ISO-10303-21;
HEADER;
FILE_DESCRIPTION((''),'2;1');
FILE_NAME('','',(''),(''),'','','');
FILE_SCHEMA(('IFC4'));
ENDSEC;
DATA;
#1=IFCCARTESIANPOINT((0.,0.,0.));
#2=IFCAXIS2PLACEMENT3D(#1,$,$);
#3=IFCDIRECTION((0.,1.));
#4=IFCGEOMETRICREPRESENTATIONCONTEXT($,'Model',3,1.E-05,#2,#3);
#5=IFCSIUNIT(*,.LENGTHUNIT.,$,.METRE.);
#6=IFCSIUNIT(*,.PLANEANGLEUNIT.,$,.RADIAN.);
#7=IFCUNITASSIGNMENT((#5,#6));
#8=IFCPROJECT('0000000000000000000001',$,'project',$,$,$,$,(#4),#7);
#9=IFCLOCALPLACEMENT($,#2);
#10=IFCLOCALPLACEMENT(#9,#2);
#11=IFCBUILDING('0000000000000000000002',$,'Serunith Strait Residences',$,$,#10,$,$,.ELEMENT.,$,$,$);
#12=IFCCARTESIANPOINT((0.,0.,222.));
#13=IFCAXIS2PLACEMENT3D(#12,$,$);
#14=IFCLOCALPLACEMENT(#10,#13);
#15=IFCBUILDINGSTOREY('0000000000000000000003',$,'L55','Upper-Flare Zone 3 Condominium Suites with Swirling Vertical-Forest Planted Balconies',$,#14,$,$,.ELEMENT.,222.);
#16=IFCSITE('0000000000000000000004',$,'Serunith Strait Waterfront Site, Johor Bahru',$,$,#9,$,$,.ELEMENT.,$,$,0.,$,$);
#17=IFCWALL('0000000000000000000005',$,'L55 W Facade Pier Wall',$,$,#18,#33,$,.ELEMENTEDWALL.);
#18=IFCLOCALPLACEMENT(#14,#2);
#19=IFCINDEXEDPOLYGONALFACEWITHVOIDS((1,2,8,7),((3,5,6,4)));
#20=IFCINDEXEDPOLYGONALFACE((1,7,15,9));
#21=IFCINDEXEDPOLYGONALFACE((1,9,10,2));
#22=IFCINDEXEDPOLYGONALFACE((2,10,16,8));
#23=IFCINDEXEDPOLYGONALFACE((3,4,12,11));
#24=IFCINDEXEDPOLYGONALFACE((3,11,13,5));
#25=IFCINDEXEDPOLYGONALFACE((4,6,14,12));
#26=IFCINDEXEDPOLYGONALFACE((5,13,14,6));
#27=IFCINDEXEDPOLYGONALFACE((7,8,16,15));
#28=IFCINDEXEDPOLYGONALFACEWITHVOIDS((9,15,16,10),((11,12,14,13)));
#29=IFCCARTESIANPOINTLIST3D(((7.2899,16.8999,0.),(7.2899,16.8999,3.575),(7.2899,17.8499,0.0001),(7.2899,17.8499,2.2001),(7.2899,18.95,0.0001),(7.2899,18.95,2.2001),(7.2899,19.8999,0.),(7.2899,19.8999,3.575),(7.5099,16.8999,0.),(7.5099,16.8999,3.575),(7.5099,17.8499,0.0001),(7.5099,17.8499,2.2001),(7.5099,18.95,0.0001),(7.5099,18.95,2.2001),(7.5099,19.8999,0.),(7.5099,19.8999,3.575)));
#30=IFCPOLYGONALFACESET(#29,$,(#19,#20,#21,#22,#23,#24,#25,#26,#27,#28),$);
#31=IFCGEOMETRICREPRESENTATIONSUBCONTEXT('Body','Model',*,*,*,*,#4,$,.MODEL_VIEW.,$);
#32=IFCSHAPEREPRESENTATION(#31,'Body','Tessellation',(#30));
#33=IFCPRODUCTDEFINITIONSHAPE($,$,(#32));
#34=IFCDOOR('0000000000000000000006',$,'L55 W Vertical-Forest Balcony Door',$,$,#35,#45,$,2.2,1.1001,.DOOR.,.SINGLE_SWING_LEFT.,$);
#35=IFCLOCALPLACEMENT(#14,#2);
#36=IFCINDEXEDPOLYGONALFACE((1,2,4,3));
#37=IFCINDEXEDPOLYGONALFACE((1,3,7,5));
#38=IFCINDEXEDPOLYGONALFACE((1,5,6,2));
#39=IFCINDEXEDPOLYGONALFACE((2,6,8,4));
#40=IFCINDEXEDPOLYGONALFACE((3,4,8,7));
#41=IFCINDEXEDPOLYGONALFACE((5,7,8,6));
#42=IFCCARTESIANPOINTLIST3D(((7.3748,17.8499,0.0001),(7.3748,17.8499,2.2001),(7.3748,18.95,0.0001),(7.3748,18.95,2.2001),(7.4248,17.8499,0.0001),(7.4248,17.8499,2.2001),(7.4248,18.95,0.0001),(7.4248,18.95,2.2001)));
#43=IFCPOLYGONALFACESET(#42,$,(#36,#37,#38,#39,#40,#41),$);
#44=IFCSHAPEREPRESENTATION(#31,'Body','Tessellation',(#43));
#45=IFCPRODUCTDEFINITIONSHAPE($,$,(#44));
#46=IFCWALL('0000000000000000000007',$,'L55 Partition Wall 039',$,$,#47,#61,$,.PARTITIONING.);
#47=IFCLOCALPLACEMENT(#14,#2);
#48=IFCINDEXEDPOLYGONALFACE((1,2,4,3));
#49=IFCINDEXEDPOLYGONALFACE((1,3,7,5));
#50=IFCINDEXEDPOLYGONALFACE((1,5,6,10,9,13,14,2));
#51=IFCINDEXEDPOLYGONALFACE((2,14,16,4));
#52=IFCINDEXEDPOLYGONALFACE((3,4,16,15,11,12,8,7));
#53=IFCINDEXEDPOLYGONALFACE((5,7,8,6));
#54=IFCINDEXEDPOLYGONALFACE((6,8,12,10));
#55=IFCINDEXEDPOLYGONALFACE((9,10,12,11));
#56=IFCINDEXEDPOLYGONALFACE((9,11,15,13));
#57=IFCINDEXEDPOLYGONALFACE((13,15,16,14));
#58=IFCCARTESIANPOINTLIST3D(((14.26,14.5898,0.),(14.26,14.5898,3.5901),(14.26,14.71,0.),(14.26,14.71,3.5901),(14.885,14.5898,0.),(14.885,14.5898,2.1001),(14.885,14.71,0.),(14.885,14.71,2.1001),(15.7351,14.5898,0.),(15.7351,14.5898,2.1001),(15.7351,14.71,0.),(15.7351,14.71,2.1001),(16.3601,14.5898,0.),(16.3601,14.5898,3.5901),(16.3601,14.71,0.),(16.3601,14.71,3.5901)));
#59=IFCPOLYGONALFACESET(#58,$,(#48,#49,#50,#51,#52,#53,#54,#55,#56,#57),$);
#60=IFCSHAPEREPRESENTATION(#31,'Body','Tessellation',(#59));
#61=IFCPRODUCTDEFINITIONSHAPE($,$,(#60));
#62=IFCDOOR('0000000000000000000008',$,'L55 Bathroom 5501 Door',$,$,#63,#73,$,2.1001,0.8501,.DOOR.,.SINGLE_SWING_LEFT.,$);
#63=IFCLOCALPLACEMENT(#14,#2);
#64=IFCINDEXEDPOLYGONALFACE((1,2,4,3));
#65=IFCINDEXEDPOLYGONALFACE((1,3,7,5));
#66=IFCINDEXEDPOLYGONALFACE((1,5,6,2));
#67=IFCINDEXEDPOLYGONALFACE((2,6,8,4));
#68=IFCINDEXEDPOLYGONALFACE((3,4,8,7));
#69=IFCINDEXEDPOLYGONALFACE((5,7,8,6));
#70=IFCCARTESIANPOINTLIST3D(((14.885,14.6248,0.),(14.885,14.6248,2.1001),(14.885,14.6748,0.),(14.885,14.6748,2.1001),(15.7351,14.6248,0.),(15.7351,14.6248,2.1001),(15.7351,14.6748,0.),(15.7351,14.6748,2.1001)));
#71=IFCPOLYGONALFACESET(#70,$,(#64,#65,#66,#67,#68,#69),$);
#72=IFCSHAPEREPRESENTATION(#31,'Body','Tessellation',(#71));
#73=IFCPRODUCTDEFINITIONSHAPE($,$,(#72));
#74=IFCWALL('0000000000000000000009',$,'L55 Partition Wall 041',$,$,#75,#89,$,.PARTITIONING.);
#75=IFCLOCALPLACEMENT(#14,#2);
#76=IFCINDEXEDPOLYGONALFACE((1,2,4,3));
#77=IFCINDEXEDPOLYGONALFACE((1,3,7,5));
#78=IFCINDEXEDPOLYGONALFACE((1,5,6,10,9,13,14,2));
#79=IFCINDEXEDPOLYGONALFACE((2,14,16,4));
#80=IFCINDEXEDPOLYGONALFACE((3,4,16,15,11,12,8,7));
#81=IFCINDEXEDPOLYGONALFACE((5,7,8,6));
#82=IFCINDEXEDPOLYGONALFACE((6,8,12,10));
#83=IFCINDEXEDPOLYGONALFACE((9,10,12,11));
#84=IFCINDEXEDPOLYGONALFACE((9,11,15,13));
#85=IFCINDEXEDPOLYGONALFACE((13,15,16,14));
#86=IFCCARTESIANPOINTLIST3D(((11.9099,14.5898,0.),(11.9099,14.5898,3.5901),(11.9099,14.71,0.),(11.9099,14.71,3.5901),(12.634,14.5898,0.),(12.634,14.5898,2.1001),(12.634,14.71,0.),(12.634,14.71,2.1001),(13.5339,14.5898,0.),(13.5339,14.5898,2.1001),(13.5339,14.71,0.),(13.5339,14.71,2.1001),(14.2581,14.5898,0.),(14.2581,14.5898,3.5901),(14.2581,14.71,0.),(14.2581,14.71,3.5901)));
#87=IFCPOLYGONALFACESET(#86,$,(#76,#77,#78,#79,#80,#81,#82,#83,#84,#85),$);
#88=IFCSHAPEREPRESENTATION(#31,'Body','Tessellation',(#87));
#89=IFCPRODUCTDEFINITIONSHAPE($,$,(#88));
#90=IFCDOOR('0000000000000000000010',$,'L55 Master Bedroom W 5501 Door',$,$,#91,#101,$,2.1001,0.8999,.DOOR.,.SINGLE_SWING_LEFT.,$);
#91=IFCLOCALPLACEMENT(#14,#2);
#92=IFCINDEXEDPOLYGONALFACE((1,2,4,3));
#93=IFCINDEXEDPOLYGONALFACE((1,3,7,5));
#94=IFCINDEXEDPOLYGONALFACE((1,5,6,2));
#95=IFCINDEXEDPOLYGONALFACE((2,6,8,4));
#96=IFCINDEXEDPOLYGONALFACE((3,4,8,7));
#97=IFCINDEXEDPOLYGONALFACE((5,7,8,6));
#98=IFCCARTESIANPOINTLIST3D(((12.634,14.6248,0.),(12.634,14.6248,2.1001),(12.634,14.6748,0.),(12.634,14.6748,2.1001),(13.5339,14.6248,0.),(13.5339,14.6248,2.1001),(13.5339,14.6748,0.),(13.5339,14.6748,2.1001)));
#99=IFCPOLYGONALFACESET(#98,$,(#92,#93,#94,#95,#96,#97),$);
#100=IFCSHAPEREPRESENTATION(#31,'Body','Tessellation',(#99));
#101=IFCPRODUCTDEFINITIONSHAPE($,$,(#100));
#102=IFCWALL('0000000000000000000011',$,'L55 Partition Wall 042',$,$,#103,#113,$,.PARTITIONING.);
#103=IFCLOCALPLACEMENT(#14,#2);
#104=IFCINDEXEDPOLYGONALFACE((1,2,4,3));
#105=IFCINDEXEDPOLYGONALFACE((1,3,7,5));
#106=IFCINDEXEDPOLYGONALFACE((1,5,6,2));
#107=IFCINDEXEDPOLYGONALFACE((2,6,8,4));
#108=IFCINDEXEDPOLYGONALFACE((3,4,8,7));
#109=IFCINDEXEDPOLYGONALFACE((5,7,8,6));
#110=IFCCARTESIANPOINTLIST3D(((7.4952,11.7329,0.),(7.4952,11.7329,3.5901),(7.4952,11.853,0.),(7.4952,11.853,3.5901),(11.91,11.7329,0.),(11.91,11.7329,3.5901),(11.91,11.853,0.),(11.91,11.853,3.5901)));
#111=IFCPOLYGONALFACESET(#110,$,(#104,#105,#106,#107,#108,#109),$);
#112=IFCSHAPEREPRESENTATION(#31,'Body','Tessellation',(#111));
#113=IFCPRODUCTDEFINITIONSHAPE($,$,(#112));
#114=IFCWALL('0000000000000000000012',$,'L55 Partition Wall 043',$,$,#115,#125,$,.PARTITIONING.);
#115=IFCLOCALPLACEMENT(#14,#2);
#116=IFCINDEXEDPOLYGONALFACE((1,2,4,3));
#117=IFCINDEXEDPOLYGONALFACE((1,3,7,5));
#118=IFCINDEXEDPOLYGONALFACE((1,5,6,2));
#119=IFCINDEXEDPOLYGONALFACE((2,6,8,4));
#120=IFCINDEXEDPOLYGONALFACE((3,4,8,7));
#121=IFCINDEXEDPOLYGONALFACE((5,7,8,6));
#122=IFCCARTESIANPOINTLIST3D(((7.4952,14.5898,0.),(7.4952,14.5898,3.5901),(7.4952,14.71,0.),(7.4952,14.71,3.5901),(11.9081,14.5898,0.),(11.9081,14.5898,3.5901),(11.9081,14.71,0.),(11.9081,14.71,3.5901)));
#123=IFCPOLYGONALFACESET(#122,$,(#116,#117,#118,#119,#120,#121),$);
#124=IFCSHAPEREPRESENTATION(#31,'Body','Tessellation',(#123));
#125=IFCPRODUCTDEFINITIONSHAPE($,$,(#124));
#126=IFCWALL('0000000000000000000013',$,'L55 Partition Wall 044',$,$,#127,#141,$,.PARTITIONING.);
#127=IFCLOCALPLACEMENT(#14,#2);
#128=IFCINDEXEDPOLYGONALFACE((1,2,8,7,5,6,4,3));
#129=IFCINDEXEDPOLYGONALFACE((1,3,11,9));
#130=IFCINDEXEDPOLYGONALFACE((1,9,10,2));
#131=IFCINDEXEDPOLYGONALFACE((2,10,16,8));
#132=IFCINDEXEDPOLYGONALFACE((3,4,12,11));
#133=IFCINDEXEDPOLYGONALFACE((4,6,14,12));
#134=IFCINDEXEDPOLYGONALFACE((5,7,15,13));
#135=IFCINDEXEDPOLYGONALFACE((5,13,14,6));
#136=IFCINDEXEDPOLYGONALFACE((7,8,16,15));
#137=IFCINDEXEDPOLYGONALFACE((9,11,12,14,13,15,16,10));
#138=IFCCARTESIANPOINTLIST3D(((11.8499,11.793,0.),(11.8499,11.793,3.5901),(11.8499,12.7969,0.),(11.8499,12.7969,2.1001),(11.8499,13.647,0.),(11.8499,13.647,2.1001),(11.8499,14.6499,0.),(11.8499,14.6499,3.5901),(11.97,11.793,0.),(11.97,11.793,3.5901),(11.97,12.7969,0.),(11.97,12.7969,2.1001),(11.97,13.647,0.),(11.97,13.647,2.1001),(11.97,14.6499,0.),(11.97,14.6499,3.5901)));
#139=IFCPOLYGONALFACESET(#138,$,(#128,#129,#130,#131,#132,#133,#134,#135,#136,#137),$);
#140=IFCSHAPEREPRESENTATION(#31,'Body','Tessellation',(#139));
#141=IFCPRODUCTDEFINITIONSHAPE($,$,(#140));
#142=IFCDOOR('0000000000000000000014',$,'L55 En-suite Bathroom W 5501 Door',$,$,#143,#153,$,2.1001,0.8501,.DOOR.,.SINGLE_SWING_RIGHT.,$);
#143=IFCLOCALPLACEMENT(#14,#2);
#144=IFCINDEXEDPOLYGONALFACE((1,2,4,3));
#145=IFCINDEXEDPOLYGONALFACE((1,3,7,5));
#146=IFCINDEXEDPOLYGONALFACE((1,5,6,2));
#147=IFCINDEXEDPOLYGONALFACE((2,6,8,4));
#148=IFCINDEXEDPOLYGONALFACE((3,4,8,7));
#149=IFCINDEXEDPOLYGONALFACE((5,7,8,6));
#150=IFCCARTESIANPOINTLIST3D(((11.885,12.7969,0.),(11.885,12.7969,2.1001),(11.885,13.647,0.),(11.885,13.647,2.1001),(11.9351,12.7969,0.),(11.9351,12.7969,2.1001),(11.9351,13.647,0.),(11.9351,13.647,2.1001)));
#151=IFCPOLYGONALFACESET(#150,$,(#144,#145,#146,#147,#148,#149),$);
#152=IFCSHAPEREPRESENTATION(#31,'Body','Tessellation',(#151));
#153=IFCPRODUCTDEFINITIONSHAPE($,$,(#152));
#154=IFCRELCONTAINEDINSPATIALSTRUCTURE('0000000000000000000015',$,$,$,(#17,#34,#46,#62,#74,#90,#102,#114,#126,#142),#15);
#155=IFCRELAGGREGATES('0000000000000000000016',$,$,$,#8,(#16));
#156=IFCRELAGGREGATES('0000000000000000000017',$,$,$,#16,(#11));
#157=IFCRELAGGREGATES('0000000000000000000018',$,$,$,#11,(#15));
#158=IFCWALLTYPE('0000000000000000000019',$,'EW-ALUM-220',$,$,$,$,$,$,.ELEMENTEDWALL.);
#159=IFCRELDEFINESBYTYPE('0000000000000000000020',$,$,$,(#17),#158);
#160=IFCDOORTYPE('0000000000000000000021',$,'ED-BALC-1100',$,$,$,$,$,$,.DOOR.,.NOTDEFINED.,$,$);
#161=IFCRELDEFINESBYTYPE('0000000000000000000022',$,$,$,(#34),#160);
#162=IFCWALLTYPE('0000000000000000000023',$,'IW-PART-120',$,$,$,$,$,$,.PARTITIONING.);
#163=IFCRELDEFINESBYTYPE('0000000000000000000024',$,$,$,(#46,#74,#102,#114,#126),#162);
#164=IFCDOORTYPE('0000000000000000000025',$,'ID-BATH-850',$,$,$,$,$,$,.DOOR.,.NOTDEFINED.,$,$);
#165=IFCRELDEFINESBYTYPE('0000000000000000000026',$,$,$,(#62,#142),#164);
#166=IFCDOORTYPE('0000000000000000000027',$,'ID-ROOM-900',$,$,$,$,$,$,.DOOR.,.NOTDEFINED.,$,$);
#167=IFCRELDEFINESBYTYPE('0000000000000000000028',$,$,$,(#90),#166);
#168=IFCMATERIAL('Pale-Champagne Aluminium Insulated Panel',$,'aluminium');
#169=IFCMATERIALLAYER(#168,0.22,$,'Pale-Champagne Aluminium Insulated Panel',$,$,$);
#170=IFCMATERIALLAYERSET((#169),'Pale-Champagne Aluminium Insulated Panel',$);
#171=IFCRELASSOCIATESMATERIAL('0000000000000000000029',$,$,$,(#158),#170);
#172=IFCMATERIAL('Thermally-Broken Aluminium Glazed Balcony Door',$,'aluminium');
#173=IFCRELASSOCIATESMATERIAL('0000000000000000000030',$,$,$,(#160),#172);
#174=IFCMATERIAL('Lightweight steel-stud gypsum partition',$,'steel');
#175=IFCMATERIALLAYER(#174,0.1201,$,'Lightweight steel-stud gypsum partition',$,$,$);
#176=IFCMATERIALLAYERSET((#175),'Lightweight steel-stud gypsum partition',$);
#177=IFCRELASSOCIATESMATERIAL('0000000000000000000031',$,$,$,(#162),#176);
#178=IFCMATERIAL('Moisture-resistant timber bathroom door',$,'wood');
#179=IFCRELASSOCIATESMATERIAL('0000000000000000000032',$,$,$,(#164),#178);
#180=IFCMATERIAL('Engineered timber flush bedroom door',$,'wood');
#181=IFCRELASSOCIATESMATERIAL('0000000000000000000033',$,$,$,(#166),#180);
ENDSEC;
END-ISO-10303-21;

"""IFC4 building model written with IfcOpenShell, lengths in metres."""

from ifc_helpers import new_model, si_unit, direction, frame, frame_2d, origin, place, context, subcontext, project, spatial, rectangle, extrude, source, transform, mapped, material, layer, layer_set, type_object, element, fill, save


model = new_model("IFC4")

# Units and contexts
model_context = context("Model", 3, precision=1e-05, world=origin(), true_north=direction((0.0, 1.0)))
body_context = subcontext(model_context, "Body", "Model", "MODEL_VIEW")
ifc_project = project(units=[si_unit("LENGTHUNIT", "METRE"), si_unit("PLANEANGLEUNIT", "RADIAN")], contexts=[model_context])

# Site, building, storey
site_placement = place(None, origin())
site = spatial("IfcSite", under=ifc_project, at=site_placement, Name="Serunith Strait Waterfront Site, Johor Bahru", CompositionType="ELEMENT", RefElevation=0.0)
building_placement = place(site_placement, origin())
building = spatial("IfcBuilding", under=site, at=building_placement, Name="Serunith Strait Residences", CompositionType="ELEMENT")
storey_placement = place(building_placement, frame((0.0, 0.0, 222.0)))
storey = spatial("IfcBuildingStorey", under=building, at=storey_placement, Name="L55", Description="Upper-Flare Zone 3 Condominium Suites with Swirling Vertical-Forest Planted Balconies", CompositionType="ELEMENT", Elevation=222.0)

# Walls, openings, doors
ifc_material_1 = material(Name="Pale-Champagne Aluminium Insulated Panel", Category="aluminium")
ifc_layer_1 = layer(ifc_material_1, 0.22, Name="Pale-Champagne Aluminium Insulated Panel")
ifc_layer_set_1 = layer_set([ifc_layer_1], Name="Pale-Champagne Aluminium Insulated Panel")
wall_type_1 = type_object("IfcWallType", Name="EW-ALUM-220", PredefinedType="ELEMENTEDWALL", material=ifc_layer_set_1)
wall_1_placement = place(storey_placement, frame((7.3999, 19.8999, 0.0), z_axis=(0.0, 0.0, 1.0), x_axis=(0.0, -1.0, 0.0)))
wall_1 = element("IfcWall", 1, at=wall_1_placement, inside=storey, type_object=wall_type_1, Name="L55 W Facade Pier Wall", PredefinedType="ELEMENTEDWALL", context=body_context, shape_type="SweptSolid", body=[
    extrude(rectangle(XDim=3.0, YDim=0.22, at=frame_2d((1.5, 0.0))), origin(), (0.0, 0.0, 1.0), 3.575),
])
opening_1_placement = place(wall_1_placement, frame((0.95, 0.0, 0.0)))
opening_1 = element("IfcOpeningElement", 2, at=opening_1_placement, cuts=wall_1, PredefinedType="OPENING", context=body_context, shape_type="SweptSolid", body=[
    extrude(rectangle(XDim=1.1001, YDim=2.2, at=frame_2d((0.55, 1.1001))), frame((0.0, 0.1201, 0.0), z_axis=(0.0, -1.0, 0.0), x_axis=(1.0, 0.0, 0.0)), (0.0, 0.0, 1.0), 0.24),
])
ifc_material_2 = material(Name="Thermally-Broken Aluminium Glazed Balcony Door", Category="aluminium")
door_type_1 = type_object("IfcDoorType", Name="ED-BALC-1100", OperationType="NOTDEFINED", PredefinedType="DOOR", material=ifc_material_2)
shared_shape_1 = source(origin(), body_context, "Body", "SweptSolid", [
    extrude(rectangle(XDim=1.1001, YDim=2.2, at=frame_2d((0.55, 1.1001))), frame((0.0, 0.0249, 0.0), z_axis=(0.0, -1.0, 0.0), x_axis=(1.0, 0.0, 0.0)), (0.0, 0.0, 1.0), 0.05),
])
door_1_placement = place(opening_1_placement, origin())
door_1 = element("IfcDoor", 3, at=door_1_placement, inside=storey, type_object=door_type_1, Name="L55 W Vertical-Forest Balcony Door", OperationType="SINGLE_SWING_LEFT", OverallHeight=2.2, OverallWidth=1.1001, PredefinedType="DOOR", context=body_context, shape_type="MappedRepresentation", body=[
    mapped(shared_shape_1, transform((0.0, 0.0, 0.0), scale=1.0)),
])
fill(opening_1, door_1)
ifc_material_3 = material(Name="Lightweight steel-stud gypsum partition", Category="steel")
ifc_layer_2 = layer(ifc_material_3, 0.1201, Name="Lightweight steel-stud gypsum partition")
ifc_layer_set_2 = layer_set([ifc_layer_2], Name="Lightweight steel-stud gypsum partition")
wall_type_2 = type_object("IfcWallType", Name="IW-PART-120", PredefinedType="PARTITIONING", material=ifc_layer_set_2)
wall_2_placement = place(storey_placement, frame((14.26, 14.6499, 0.0), z_axis=(0.0, 0.0, 1.0), x_axis=(1.0, 0.0, 0.0)))
wall_2 = element("IfcWall", 4, at=wall_2_placement, inside=storey, type_object=wall_type_2, Name="L55 Partition Wall 039", PredefinedType="PARTITIONING", context=body_context, shape_type="SweptSolid", body=[
    extrude(rectangle(XDim=2.1001, YDim=0.1201, at=frame_2d((1.05, 0.0))), origin(), (0.0, 0.0, 1.0), 3.5901),
])
opening_2_placement = place(wall_2_placement, frame((0.625, 0.0, 0.0)))
opening_2 = element("IfcOpeningElement", 5, at=opening_2_placement, cuts=wall_2, PredefinedType="OPENING", context=body_context, shape_type="SweptSolid", body=[
    extrude(rectangle(XDim=0.8501, YDim=2.1001, at=frame_2d((0.425, 1.05))), frame((0.0, 0.0701, 0.0), z_axis=(0.0, -1.0, 0.0), x_axis=(1.0, 0.0, 0.0)), (0.0, 0.0, 1.0), 0.1401),
])
ifc_material_4 = material(Name="Moisture-resistant timber bathroom door", Category="wood")
door_type_2 = type_object("IfcDoorType", Name="ID-BATH-850", OperationType="NOTDEFINED", PredefinedType="DOOR", material=ifc_material_4)
shared_shape_2 = source(origin(), body_context, "Body", "SweptSolid", [
    extrude(rectangle(XDim=0.8501, YDim=2.1001, at=frame_2d((0.425, 1.05))), frame((0.0, 0.0249, 0.0), z_axis=(0.0, -1.0, 0.0), x_axis=(1.0, 0.0, 0.0)), (0.0, 0.0, 1.0), 0.05),
])
door_2_placement = place(opening_2_placement, origin())
door_2 = element("IfcDoor", 6, at=door_2_placement, inside=storey, type_object=door_type_2, Name="L55 Bathroom 5501 Door", OperationType="SINGLE_SWING_LEFT", OverallHeight=2.1001, OverallWidth=0.8501, PredefinedType="DOOR", context=body_context, shape_type="MappedRepresentation", body=[
    mapped(shared_shape_2, transform((0.0, 0.0, 0.0), scale=1.0)),
])
fill(opening_2, door_2)
wall_3_placement = place(storey_placement, frame((11.9099, 14.6499, 0.0), z_axis=(0.0, 0.0, 1.0), x_axis=(1.0, 0.0, 0.0)))
wall_3 = element("IfcWall", 7, at=wall_3_placement, inside=storey, type_object=wall_type_2, Name="L55 Partition Wall 041", PredefinedType="PARTITIONING", context=body_context, shape_type="SweptSolid", body=[
    extrude(rectangle(XDim=2.3481, YDim=0.1201, at=frame_2d((1.1741, 0.0))), origin(), (0.0, 0.0, 1.0), 3.5901),
])
opening_3_placement = place(wall_3_placement, frame((0.7241, 0.0, 0.0)))
opening_3 = element("IfcOpeningElement", 8, at=opening_3_placement, cuts=wall_3, PredefinedType="OPENING", context=body_context, shape_type="SweptSolid", body=[
    extrude(rectangle(XDim=0.8999, YDim=2.1001, at=frame_2d((0.45, 1.05))), frame((0.0, 0.0701, 0.0), z_axis=(0.0, -1.0, 0.0), x_axis=(1.0, 0.0, 0.0)), (0.0, 0.0, 1.0), 0.1401),
])
ifc_material_5 = material(Name="Engineered timber flush bedroom door", Category="wood")
door_type_3 = type_object("IfcDoorType", Name="ID-ROOM-900", OperationType="NOTDEFINED", PredefinedType="DOOR", material=ifc_material_5)
shared_shape_3 = source(origin(), body_context, "Body", "SweptSolid", [
    extrude(rectangle(XDim=0.8999, YDim=2.1001, at=frame_2d((0.45, 1.05))), frame((0.0, 0.0249, 0.0), z_axis=(0.0, -1.0, 0.0), x_axis=(1.0, 0.0, 0.0)), (0.0, 0.0, 1.0), 0.05),
])
door_3_placement = place(opening_3_placement, origin())
door_3 = element("IfcDoor", 9, at=door_3_placement, inside=storey, type_object=door_type_3, Name="L55 Master Bedroom W 5501 Door", OperationType="SINGLE_SWING_LEFT", OverallHeight=2.1001, OverallWidth=0.8999, PredefinedType="DOOR", context=body_context, shape_type="MappedRepresentation", body=[
    mapped(shared_shape_3, transform((0.0, 0.0, 0.0), scale=1.0)),
])
fill(opening_3, door_3)

# Walls
wall_4_placement = place(storey_placement, frame((7.4951, 11.793, 0.0), z_axis=(0.0, 0.0, 1.0), x_axis=(1.0, 0.0, 0.0)))
element("IfcWall", 10, at=wall_4_placement, inside=storey, type_object=wall_type_2, Name="L55 Partition Wall 042", PredefinedType="PARTITIONING", context=body_context, shape_type="SweptSolid", body=[
    extrude(rectangle(XDim=4.4148, YDim=0.1201, at=frame_2d((2.2075, 0.0))), origin(), (0.0, 0.0, 1.0), 3.5901),
])
wall_5_placement = place(storey_placement, frame((7.4951, 14.6499, 0.0), z_axis=(0.0, 0.0, 1.0), x_axis=(1.0, 0.0, 0.0)))
element("IfcWall", 11, at=wall_5_placement, inside=storey, type_object=wall_type_2, Name="L55 Partition Wall 043", PredefinedType="PARTITIONING", context=body_context, shape_type="SweptSolid", body=[
    extrude(rectangle(XDim=4.4128, YDim=0.1201, at=frame_2d((2.2065, 0.0))), origin(), (0.0, 0.0, 1.0), 3.5901),
])

# Wall, opening, door
wall_6_placement = place(storey_placement, frame((11.9099, 11.793, 0.0), z_axis=(0.0, 0.0, 1.0), x_axis=(0.0, 1.0, 0.0)))
wall_6 = element("IfcWall", 12, at=wall_6_placement, inside=storey, type_object=wall_type_2, Name="L55 Partition Wall 044", PredefinedType="PARTITIONING", context=body_context, shape_type="SweptSolid", body=[
    extrude(rectangle(XDim=2.8569, YDim=0.1201, at=frame_2d((1.4285, 0.0))), origin(), (0.0, 0.0, 1.0), 3.5901),
])
opening_4_placement = place(wall_6_placement, frame((1.0039, 0.0, 0.0)))
opening_4 = element("IfcOpeningElement", 13, at=opening_4_placement, cuts=wall_6, PredefinedType="OPENING", context=body_context, shape_type="SweptSolid", body=[
    extrude(rectangle(XDim=0.8501, YDim=2.1001, at=frame_2d((0.425, 1.05))), frame((0.0, 0.0701, 0.0), z_axis=(0.0, -1.0, 0.0), x_axis=(1.0, 0.0, 0.0)), (0.0, 0.0, 1.0), 0.1401),
])
door_4_placement = place(opening_4_placement, origin())
door_4 = element("IfcDoor", 14, at=door_4_placement, inside=storey, type_object=door_type_2, Name="L55 En-suite Bathroom W 5501 Door", OperationType="SINGLE_SWING_RIGHT", OverallHeight=2.1001, OverallWidth=0.8501, PredefinedType="DOOR", context=body_context, shape_type="MappedRepresentation", body=[
    mapped(shared_shape_2, transform((0.0, 0.0, 0.0), scale=1.0)),
])
fill(opening_4, door_4)

save(model, "model.ifc")
